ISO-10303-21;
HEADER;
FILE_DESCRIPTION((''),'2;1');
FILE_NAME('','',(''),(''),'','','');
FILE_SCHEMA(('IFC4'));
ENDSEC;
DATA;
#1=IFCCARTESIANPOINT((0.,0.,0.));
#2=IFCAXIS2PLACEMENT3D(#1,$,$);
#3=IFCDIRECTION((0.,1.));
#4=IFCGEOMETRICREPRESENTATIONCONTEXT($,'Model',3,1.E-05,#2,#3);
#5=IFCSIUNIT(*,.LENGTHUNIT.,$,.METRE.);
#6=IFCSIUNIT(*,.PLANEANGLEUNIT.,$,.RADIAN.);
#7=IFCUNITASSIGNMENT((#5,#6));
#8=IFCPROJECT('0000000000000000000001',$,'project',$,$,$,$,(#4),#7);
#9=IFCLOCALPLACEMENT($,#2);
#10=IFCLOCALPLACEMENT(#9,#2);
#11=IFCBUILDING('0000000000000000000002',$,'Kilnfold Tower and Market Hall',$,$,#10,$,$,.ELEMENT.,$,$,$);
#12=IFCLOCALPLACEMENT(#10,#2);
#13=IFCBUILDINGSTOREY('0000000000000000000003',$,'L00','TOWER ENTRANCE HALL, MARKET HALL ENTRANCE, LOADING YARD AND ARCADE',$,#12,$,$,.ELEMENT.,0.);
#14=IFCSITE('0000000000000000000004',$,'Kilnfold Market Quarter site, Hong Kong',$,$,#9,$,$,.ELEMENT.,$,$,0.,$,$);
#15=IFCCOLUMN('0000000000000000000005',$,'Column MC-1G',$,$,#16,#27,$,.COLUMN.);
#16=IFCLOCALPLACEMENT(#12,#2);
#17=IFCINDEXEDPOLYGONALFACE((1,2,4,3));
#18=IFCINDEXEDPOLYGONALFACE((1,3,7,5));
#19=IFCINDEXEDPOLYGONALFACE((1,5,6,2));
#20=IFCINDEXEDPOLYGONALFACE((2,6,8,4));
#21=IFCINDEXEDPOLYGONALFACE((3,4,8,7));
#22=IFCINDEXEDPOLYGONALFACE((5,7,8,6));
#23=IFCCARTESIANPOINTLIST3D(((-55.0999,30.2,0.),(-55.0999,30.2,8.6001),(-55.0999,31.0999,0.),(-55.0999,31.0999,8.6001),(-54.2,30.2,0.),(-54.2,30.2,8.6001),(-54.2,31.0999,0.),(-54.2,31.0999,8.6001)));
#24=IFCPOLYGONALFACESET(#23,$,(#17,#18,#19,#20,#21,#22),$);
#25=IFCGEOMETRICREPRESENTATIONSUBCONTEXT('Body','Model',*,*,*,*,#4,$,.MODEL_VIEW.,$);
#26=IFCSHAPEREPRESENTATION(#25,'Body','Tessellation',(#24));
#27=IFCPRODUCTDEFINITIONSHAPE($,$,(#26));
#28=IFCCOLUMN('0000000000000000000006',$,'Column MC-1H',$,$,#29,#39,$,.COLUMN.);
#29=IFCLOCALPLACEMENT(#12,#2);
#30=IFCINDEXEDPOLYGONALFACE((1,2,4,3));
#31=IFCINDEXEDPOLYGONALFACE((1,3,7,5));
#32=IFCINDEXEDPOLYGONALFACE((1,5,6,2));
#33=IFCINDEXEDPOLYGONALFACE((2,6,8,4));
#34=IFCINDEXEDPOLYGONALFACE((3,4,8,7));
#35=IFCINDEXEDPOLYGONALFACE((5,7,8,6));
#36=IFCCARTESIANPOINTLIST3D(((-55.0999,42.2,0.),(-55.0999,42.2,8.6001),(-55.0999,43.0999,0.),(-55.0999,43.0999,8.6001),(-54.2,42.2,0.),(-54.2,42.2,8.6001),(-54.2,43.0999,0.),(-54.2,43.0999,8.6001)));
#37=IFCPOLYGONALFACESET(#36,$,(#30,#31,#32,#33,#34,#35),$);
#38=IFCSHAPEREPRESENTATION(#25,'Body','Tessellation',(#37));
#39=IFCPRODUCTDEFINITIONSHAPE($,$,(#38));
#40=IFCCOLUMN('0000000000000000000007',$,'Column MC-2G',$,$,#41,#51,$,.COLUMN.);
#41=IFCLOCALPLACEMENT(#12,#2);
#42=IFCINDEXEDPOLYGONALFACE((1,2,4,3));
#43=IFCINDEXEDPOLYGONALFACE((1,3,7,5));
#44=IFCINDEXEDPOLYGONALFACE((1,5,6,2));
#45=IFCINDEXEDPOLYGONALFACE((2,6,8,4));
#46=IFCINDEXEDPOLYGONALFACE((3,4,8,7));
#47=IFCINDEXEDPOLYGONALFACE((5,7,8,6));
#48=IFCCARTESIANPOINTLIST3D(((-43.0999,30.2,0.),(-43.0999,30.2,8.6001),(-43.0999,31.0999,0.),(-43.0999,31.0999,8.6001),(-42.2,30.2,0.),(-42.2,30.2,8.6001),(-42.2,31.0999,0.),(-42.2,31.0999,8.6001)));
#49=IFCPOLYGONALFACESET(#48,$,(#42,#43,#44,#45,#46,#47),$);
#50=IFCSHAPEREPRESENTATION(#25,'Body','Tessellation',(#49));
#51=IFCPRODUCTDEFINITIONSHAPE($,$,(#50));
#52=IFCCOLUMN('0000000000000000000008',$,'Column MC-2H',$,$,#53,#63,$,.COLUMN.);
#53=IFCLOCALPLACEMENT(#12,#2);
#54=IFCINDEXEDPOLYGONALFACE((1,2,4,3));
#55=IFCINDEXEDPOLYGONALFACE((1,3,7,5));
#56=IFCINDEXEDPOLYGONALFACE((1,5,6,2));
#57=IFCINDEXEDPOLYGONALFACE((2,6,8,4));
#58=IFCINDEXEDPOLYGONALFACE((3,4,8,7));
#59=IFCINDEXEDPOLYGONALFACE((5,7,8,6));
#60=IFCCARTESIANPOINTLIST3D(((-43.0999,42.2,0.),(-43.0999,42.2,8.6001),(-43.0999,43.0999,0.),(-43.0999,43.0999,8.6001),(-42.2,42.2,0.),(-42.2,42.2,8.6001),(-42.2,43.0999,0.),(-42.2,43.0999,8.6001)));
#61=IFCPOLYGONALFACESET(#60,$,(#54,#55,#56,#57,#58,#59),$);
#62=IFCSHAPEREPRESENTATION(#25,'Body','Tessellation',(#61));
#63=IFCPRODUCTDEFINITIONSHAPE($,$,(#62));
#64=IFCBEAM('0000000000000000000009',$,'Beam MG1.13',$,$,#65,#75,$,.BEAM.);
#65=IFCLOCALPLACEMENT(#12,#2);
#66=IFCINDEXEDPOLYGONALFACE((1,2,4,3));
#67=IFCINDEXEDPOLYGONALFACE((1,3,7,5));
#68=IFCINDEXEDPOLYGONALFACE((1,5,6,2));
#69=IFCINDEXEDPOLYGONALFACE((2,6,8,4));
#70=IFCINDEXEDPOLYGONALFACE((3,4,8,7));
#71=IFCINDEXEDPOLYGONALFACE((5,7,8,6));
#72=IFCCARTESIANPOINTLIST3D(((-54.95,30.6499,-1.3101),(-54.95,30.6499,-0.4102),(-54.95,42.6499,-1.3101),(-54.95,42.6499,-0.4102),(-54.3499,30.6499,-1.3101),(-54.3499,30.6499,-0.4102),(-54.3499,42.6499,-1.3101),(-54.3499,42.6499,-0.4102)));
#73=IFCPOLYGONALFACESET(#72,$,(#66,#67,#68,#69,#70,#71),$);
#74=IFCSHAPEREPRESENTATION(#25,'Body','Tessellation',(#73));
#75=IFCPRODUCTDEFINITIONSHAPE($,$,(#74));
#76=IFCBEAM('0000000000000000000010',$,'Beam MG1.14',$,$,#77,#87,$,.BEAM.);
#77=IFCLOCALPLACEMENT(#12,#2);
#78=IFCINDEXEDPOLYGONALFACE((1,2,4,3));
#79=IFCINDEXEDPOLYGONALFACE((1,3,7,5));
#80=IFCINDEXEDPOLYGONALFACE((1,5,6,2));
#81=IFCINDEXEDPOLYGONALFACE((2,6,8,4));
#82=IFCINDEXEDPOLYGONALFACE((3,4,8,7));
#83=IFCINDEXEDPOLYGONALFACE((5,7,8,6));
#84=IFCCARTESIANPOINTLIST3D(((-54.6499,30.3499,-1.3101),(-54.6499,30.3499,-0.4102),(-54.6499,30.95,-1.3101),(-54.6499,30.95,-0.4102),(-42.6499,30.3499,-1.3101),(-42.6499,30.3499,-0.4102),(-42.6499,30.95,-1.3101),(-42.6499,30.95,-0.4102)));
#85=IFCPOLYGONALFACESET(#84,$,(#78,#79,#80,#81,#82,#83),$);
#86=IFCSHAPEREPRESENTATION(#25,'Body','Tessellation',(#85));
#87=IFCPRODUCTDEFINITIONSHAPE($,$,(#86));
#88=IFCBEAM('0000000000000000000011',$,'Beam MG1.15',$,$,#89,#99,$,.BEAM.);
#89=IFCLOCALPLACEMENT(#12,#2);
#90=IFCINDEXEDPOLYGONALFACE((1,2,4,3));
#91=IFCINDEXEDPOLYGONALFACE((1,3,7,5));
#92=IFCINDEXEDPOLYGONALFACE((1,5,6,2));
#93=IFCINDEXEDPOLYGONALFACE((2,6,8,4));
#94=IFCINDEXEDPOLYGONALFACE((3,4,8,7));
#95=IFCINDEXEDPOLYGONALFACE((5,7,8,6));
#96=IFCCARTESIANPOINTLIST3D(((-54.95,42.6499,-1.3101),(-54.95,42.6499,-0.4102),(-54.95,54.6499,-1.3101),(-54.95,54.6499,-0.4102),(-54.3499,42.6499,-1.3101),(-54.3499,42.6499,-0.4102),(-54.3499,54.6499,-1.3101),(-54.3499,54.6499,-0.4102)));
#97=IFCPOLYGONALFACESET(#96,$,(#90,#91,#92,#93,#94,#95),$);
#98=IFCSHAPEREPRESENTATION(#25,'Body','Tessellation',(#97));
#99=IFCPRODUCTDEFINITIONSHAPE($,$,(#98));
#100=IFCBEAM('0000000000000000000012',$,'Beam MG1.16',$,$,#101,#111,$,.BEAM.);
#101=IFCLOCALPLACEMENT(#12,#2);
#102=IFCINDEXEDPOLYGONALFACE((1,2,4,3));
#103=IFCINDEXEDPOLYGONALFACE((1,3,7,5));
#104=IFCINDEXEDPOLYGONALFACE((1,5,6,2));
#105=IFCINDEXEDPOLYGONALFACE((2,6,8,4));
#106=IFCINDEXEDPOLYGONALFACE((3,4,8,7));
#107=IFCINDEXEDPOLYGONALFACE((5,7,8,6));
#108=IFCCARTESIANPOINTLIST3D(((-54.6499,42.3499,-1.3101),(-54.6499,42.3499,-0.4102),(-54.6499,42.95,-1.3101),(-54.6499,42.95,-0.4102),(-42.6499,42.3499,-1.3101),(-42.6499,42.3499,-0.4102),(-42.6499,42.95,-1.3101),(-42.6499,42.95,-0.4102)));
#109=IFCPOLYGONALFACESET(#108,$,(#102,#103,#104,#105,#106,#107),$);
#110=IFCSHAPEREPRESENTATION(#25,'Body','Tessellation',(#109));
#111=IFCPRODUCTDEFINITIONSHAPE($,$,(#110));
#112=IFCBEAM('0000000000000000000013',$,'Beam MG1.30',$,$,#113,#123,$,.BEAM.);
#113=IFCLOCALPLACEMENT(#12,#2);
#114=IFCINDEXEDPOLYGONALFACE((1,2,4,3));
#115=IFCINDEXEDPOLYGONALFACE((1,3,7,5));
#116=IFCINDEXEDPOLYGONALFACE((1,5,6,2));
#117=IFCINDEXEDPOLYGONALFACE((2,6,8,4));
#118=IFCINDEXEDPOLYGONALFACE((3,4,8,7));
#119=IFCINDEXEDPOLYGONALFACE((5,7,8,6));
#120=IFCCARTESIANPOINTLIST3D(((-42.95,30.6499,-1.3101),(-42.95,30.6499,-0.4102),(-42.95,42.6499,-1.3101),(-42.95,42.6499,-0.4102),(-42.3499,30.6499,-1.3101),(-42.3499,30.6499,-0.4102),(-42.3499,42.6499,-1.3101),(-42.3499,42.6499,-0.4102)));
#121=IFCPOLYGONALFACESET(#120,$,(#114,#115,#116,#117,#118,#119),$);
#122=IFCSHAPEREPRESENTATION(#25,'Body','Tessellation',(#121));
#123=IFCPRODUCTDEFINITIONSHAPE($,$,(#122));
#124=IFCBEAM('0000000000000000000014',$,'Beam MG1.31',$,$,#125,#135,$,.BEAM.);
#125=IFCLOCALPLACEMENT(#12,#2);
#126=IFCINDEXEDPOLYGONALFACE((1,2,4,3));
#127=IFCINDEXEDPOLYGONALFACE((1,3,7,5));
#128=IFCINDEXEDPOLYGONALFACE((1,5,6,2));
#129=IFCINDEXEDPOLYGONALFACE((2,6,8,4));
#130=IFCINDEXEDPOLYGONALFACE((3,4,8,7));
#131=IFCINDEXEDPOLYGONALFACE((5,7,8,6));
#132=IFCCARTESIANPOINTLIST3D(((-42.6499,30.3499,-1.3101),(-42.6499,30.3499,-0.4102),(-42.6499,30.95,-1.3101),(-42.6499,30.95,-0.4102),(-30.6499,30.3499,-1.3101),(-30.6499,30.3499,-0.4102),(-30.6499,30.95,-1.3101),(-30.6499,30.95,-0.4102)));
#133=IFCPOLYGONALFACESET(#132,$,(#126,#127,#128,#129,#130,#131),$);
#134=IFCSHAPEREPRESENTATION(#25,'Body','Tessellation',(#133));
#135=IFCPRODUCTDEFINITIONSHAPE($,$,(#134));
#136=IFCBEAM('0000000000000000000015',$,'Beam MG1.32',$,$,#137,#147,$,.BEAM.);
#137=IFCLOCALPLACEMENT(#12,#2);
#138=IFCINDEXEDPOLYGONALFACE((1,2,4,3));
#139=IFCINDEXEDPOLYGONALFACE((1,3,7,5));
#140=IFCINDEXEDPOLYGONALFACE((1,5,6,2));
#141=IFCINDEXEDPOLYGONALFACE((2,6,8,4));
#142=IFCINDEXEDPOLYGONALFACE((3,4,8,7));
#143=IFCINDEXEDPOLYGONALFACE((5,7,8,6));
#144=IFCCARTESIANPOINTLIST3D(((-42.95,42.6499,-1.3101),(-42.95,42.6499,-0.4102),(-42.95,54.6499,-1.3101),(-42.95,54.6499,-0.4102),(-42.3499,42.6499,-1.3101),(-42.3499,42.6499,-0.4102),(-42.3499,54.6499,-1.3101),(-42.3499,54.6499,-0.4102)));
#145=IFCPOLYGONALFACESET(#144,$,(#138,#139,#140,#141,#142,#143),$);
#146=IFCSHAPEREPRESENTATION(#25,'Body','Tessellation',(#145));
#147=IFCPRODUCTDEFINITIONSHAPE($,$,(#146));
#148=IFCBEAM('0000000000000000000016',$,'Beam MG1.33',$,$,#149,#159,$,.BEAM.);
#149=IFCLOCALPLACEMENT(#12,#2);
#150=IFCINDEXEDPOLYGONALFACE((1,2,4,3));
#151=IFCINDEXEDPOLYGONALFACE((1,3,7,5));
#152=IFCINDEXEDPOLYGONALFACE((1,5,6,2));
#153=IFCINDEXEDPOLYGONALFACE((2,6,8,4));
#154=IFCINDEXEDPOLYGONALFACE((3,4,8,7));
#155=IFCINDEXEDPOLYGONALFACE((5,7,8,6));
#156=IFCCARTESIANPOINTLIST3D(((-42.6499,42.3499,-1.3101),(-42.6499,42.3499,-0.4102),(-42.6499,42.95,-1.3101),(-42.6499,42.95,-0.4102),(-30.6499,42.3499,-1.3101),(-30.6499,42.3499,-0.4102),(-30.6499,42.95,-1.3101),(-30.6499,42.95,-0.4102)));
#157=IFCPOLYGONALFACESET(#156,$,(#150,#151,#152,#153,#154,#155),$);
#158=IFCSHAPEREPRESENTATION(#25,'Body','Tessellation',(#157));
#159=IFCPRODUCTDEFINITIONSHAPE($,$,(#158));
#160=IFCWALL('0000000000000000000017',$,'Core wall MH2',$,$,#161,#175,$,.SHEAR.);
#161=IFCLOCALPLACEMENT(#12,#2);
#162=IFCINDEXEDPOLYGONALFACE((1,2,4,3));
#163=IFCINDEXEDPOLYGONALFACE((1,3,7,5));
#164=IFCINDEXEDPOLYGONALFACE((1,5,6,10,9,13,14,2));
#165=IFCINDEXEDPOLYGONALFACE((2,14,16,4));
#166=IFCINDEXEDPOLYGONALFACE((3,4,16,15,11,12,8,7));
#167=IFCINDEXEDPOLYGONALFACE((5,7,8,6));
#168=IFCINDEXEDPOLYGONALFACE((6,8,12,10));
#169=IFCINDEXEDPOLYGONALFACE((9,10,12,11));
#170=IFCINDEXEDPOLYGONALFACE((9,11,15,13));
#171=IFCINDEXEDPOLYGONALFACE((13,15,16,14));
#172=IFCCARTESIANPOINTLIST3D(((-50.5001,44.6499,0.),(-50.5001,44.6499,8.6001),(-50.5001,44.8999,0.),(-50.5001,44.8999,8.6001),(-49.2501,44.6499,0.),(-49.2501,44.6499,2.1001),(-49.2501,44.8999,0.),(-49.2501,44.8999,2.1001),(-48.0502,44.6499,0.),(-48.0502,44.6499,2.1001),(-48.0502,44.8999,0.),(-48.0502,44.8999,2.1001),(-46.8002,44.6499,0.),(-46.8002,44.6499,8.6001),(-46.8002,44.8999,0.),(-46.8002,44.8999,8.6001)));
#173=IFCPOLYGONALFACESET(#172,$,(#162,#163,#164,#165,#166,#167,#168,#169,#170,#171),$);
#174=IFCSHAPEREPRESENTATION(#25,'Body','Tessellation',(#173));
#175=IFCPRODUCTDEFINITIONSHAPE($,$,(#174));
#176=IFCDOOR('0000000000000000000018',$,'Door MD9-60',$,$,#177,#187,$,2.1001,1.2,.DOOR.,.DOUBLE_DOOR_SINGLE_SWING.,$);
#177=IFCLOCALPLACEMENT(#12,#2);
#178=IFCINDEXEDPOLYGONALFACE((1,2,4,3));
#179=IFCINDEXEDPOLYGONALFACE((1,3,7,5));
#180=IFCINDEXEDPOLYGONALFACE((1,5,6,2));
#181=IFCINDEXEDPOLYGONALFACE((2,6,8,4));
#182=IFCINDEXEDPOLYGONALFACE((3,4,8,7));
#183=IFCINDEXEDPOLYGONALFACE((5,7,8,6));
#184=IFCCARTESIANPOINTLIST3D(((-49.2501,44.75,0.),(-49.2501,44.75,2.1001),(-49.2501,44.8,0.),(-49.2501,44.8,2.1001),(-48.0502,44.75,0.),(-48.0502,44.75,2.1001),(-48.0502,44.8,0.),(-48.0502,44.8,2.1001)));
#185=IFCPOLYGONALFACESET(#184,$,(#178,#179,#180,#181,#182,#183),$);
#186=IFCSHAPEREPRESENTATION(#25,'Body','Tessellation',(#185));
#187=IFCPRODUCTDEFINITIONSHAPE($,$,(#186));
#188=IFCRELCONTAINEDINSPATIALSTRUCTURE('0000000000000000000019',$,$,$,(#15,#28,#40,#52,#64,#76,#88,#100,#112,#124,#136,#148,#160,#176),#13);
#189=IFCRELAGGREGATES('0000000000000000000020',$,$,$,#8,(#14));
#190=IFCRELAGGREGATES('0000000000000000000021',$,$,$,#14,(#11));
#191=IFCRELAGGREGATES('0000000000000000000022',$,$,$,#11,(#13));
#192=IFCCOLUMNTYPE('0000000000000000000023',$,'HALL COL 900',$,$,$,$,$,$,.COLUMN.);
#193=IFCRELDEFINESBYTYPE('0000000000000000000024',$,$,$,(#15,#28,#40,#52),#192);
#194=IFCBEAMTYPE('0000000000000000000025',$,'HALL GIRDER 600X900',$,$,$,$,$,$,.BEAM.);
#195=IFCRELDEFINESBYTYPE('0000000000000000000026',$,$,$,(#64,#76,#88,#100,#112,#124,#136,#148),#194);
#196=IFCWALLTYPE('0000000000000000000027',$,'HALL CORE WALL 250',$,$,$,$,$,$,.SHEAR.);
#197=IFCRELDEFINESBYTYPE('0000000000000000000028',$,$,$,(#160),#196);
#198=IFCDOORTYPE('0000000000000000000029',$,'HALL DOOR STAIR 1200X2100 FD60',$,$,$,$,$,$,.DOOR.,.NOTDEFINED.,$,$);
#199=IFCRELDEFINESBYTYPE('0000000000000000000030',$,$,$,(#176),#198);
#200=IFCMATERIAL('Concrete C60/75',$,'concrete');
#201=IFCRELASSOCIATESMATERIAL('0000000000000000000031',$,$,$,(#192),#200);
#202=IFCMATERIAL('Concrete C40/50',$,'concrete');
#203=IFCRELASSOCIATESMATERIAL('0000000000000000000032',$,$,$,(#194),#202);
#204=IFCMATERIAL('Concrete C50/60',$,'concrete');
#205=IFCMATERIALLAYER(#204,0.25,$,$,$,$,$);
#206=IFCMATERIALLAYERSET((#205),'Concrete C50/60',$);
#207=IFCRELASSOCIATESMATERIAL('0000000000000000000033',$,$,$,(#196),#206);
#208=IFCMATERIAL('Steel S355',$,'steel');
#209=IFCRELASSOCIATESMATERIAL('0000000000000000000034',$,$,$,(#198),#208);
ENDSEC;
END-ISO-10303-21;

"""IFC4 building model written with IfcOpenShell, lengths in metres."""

from ifc_helpers import new_model, si_unit, direction, frame, frame_2d, origin, origin_2d, place, context, subcontext, project, spatial, rectangle, extrude, source, transform, mapped, material, layer, layer_set, material_profile, profile_set, type_object, element, fill, save


model = new_model("IFC4")

# Units and contexts
model_context = context("Model", 3, precision=1e-05, world=origin(), true_north=direction((0.0, 1.0)))
body_context = subcontext(model_context, "Body", "Model", "MODEL_VIEW")
ifc_project = project(units=[si_unit("LENGTHUNIT", "METRE"), si_unit("PLANEANGLEUNIT", "RADIAN")], contexts=[model_context])

# Site, building, storey
site_placement = place(None, origin())
site = spatial("IfcSite", under=ifc_project, at=site_placement, Name="Kilnfold Market Quarter site, Hong Kong", CompositionType="ELEMENT", RefElevation=0.0)
building_placement = place(site_placement, origin())
building = spatial("IfcBuilding", under=site, at=building_placement, Name="Kilnfold Tower and Market Hall", CompositionType="ELEMENT")
storey_placement = place(building_placement, origin())
storey = spatial("IfcBuildingStorey", under=building, at=storey_placement, Name="L00", Description="TOWER ENTRANCE HALL, MARKET HALL ENTRANCE, LOADING YARD AND ARCADE", CompositionType="ELEMENT", Elevation=0.0)

# Columns
ifc_material_1 = material(Name="Concrete C60/75", Category="concrete")
ifc_material_profile_1 = material_profile(ifc_material_1, rectangle(XDim=0.8999, YDim=0.8999, at=origin_2d()), Name="RC 900x900")
ifc_profile_set_1 = profile_set([ifc_material_profile_1], Name="Concrete C60/75")
column_type = type_object("IfcColumnType", Name="HALL COL 900", PredefinedType="COLUMN", material=ifc_profile_set_1)
shared_shape_1 = source(origin(), body_context, "Body", "SweptSolid", [
    extrude(rectangle(XDim=0.8999, YDim=0.8999, at=origin_2d()), origin(), (0.0, 0.0, 1.0), 8.6001),
])
for number, where, z_axis, x_axis, name in (
    (1, (-54.6499, 30.6499, 0.0), (0.0, 0.0, 1.0), (1.0, 0.0, 0.0), "Column MC-1G"),
    (2, (-54.6499, 42.6499, 0.0), (0.0, 0.0, 1.0), (1.0, 0.0, 0.0), "Column MC-1H"),
    (3, (-42.6499, 30.6499, 0.0), (0.0, 0.0, 1.0), (1.0, 0.0, 0.0), "Column MC-2G"),
    (4, (-42.6499, 42.6499, 0.0), (0.0, 0.0, 1.0), (1.0, 0.0, 0.0), "Column MC-2H"),
):
    element("IfcColumn", number, at=place(storey_placement, frame(where, z_axis=z_axis, x_axis=x_axis)), inside=storey, type_object=column_type, Name=name, PredefinedType="COLUMN", context=body_context, shape_type="MappedRepresentation", body=[
        mapped(shared_shape_1, transform((0.0, 0.0, 0.0))),
    ])

# Beams
ifc_material_2 = material(Name="Concrete C40/50", Category="concrete")
ifc_material_profile_2 = material_profile(ifc_material_2, rectangle(XDim=0.6001, YDim=0.8999, at=origin_2d()), Name="RC 600x900")
ifc_profile_set_2 = profile_set([ifc_material_profile_2], Name="Concrete C40/50")
beam_type = type_object("IfcBeamType", Name="HALL GIRDER 600X900", PredefinedType="BEAM", material=ifc_profile_set_2)
for number, where, z_axis, x_axis, name in (
    (5, (-54.6499, 30.6499, -0.8601), (0.0, 1.0, 0.0), (-1.0, 0.0, 0.0), "Beam MG1.13"),
    (6, (-54.6499, 30.6499, -0.8601), (1.0, 0.0, 0.0), (0.0, 1.0, 0.0), "Beam MG1.14"),
    (7, (-54.6499, 42.6499, -0.8601), (0.0, 1.0, 0.0), (-1.0, 0.0, 0.0), "Beam MG1.15"),
    (8, (-54.6499, 42.6499, -0.8601), (1.0, 0.0, 0.0), (0.0, 1.0, 0.0), "Beam MG1.16"),
    (9, (-42.6499, 30.6499, -0.8601), (0.0, 1.0, 0.0), (-1.0, 0.0, 0.0), "Beam MG1.30"),
    (10, (-42.6499, 30.6499, -0.8601), (1.0, 0.0, 0.0), (0.0, 1.0, 0.0), "Beam MG1.31"),
    (11, (-42.6499, 42.6499, -0.8601), (0.0, 1.0, 0.0), (-1.0, 0.0, 0.0), "Beam MG1.32"),
    (12, (-42.6499, 42.6499, -0.8601), (1.0, 0.0, 0.0), (0.0, 1.0, 0.0), "Beam MG1.33"),
):
    element("IfcBeam", number, at=place(storey_placement, frame(where, z_axis=z_axis, x_axis=x_axis)), inside=storey, type_object=beam_type, Name=name, PredefinedType="BEAM", context=body_context, shape_type="SweptSolid", body=[
        extrude(rectangle(XDim=0.6001, YDim=0.8999, at=origin_2d()), origin(), (0.0, 0.0, 1.0), 12.0),
    ])

# Wall, opening, door
ifc_material_3 = material(Name="Concrete C50/60", Category="concrete")
ifc_layer_1 = layer(ifc_material_3, 0.25)
ifc_layer_set_1 = layer_set([ifc_layer_1], Name="Concrete C50/60")
wall_type_1 = type_object("IfcWallType", Name="HALL CORE WALL 250", PredefinedType="SHEAR", material=ifc_layer_set_1)
shared_shape_2 = source(origin(), body_context, "Body", "SweptSolid", [
    extrude(rectangle(XDim=3.7, YDim=0.25, at=frame_2d((1.8501, 0.0))), origin(), (0.0, 0.0, 1.0), 8.6001),
])
wall_1_placement = place(storey_placement, frame((-46.8, 44.7749, 0.0), z_axis=(0.0, 0.0, 1.0), x_axis=(-1.0, 0.0, 0.0)))
wall_1 = element("IfcWall", 13, at=wall_1_placement, inside=storey, type_object=wall_type_1, Name="Core wall MH2", PredefinedType="SHEAR", context=body_context, shape_type="MappedRepresentation", body=[
    mapped(shared_shape_2, transform((0.0, 0.0, 0.0))),
])
opening_1_placement = place(wall_1_placement, frame((1.25, 0.0, 0.0)))
opening_1 = element("IfcOpeningElement", 14, at=opening_1_placement, cuts=wall_1, PredefinedType="OPENING", context=body_context, shape_type="SweptSolid", body=[
    extrude(rectangle(XDim=1.2, YDim=2.1001, at=frame_2d((0.6001, 1.05))), frame((0.0, 0.135, 0.0), z_axis=(0.0, -1.0, 0.0), x_axis=(1.0, 0.0, 0.0)), (0.0, 0.0, 1.0), 0.27),
])
ifc_material_4 = material(Name="Steel S355", Category="steel")
door_type_1 = type_object("IfcDoorType", Name="HALL DOOR STAIR 1200X2100 FD60", OperationType="NOTDEFINED", PredefinedType="DOOR", material=ifc_material_4)
door_1_placement = place(opening_1_placement, origin())
door_1 = element("IfcDoor", 15, at=door_1_placement, inside=storey, type_object=door_type_1, Name="Door MD9-60", OperationType="DOUBLE_DOOR_SINGLE_SWING", OverallHeight=2.1001, OverallWidth=1.2, PredefinedType="DOOR", context=body_context, shape_type="SweptSolid", body=[
    extrude(rectangle(XDim=1.2, YDim=2.1001, at=frame_2d((0.6001, 1.05))), frame((0.0, 0.0249, 0.0), z_axis=(0.0, -1.0, 0.0), x_axis=(1.0, 0.0, 0.0)), (0.0, 0.0, 1.0), 0.05),
])
fill(opening_1, door_1)

save(model, "model.ifc")
